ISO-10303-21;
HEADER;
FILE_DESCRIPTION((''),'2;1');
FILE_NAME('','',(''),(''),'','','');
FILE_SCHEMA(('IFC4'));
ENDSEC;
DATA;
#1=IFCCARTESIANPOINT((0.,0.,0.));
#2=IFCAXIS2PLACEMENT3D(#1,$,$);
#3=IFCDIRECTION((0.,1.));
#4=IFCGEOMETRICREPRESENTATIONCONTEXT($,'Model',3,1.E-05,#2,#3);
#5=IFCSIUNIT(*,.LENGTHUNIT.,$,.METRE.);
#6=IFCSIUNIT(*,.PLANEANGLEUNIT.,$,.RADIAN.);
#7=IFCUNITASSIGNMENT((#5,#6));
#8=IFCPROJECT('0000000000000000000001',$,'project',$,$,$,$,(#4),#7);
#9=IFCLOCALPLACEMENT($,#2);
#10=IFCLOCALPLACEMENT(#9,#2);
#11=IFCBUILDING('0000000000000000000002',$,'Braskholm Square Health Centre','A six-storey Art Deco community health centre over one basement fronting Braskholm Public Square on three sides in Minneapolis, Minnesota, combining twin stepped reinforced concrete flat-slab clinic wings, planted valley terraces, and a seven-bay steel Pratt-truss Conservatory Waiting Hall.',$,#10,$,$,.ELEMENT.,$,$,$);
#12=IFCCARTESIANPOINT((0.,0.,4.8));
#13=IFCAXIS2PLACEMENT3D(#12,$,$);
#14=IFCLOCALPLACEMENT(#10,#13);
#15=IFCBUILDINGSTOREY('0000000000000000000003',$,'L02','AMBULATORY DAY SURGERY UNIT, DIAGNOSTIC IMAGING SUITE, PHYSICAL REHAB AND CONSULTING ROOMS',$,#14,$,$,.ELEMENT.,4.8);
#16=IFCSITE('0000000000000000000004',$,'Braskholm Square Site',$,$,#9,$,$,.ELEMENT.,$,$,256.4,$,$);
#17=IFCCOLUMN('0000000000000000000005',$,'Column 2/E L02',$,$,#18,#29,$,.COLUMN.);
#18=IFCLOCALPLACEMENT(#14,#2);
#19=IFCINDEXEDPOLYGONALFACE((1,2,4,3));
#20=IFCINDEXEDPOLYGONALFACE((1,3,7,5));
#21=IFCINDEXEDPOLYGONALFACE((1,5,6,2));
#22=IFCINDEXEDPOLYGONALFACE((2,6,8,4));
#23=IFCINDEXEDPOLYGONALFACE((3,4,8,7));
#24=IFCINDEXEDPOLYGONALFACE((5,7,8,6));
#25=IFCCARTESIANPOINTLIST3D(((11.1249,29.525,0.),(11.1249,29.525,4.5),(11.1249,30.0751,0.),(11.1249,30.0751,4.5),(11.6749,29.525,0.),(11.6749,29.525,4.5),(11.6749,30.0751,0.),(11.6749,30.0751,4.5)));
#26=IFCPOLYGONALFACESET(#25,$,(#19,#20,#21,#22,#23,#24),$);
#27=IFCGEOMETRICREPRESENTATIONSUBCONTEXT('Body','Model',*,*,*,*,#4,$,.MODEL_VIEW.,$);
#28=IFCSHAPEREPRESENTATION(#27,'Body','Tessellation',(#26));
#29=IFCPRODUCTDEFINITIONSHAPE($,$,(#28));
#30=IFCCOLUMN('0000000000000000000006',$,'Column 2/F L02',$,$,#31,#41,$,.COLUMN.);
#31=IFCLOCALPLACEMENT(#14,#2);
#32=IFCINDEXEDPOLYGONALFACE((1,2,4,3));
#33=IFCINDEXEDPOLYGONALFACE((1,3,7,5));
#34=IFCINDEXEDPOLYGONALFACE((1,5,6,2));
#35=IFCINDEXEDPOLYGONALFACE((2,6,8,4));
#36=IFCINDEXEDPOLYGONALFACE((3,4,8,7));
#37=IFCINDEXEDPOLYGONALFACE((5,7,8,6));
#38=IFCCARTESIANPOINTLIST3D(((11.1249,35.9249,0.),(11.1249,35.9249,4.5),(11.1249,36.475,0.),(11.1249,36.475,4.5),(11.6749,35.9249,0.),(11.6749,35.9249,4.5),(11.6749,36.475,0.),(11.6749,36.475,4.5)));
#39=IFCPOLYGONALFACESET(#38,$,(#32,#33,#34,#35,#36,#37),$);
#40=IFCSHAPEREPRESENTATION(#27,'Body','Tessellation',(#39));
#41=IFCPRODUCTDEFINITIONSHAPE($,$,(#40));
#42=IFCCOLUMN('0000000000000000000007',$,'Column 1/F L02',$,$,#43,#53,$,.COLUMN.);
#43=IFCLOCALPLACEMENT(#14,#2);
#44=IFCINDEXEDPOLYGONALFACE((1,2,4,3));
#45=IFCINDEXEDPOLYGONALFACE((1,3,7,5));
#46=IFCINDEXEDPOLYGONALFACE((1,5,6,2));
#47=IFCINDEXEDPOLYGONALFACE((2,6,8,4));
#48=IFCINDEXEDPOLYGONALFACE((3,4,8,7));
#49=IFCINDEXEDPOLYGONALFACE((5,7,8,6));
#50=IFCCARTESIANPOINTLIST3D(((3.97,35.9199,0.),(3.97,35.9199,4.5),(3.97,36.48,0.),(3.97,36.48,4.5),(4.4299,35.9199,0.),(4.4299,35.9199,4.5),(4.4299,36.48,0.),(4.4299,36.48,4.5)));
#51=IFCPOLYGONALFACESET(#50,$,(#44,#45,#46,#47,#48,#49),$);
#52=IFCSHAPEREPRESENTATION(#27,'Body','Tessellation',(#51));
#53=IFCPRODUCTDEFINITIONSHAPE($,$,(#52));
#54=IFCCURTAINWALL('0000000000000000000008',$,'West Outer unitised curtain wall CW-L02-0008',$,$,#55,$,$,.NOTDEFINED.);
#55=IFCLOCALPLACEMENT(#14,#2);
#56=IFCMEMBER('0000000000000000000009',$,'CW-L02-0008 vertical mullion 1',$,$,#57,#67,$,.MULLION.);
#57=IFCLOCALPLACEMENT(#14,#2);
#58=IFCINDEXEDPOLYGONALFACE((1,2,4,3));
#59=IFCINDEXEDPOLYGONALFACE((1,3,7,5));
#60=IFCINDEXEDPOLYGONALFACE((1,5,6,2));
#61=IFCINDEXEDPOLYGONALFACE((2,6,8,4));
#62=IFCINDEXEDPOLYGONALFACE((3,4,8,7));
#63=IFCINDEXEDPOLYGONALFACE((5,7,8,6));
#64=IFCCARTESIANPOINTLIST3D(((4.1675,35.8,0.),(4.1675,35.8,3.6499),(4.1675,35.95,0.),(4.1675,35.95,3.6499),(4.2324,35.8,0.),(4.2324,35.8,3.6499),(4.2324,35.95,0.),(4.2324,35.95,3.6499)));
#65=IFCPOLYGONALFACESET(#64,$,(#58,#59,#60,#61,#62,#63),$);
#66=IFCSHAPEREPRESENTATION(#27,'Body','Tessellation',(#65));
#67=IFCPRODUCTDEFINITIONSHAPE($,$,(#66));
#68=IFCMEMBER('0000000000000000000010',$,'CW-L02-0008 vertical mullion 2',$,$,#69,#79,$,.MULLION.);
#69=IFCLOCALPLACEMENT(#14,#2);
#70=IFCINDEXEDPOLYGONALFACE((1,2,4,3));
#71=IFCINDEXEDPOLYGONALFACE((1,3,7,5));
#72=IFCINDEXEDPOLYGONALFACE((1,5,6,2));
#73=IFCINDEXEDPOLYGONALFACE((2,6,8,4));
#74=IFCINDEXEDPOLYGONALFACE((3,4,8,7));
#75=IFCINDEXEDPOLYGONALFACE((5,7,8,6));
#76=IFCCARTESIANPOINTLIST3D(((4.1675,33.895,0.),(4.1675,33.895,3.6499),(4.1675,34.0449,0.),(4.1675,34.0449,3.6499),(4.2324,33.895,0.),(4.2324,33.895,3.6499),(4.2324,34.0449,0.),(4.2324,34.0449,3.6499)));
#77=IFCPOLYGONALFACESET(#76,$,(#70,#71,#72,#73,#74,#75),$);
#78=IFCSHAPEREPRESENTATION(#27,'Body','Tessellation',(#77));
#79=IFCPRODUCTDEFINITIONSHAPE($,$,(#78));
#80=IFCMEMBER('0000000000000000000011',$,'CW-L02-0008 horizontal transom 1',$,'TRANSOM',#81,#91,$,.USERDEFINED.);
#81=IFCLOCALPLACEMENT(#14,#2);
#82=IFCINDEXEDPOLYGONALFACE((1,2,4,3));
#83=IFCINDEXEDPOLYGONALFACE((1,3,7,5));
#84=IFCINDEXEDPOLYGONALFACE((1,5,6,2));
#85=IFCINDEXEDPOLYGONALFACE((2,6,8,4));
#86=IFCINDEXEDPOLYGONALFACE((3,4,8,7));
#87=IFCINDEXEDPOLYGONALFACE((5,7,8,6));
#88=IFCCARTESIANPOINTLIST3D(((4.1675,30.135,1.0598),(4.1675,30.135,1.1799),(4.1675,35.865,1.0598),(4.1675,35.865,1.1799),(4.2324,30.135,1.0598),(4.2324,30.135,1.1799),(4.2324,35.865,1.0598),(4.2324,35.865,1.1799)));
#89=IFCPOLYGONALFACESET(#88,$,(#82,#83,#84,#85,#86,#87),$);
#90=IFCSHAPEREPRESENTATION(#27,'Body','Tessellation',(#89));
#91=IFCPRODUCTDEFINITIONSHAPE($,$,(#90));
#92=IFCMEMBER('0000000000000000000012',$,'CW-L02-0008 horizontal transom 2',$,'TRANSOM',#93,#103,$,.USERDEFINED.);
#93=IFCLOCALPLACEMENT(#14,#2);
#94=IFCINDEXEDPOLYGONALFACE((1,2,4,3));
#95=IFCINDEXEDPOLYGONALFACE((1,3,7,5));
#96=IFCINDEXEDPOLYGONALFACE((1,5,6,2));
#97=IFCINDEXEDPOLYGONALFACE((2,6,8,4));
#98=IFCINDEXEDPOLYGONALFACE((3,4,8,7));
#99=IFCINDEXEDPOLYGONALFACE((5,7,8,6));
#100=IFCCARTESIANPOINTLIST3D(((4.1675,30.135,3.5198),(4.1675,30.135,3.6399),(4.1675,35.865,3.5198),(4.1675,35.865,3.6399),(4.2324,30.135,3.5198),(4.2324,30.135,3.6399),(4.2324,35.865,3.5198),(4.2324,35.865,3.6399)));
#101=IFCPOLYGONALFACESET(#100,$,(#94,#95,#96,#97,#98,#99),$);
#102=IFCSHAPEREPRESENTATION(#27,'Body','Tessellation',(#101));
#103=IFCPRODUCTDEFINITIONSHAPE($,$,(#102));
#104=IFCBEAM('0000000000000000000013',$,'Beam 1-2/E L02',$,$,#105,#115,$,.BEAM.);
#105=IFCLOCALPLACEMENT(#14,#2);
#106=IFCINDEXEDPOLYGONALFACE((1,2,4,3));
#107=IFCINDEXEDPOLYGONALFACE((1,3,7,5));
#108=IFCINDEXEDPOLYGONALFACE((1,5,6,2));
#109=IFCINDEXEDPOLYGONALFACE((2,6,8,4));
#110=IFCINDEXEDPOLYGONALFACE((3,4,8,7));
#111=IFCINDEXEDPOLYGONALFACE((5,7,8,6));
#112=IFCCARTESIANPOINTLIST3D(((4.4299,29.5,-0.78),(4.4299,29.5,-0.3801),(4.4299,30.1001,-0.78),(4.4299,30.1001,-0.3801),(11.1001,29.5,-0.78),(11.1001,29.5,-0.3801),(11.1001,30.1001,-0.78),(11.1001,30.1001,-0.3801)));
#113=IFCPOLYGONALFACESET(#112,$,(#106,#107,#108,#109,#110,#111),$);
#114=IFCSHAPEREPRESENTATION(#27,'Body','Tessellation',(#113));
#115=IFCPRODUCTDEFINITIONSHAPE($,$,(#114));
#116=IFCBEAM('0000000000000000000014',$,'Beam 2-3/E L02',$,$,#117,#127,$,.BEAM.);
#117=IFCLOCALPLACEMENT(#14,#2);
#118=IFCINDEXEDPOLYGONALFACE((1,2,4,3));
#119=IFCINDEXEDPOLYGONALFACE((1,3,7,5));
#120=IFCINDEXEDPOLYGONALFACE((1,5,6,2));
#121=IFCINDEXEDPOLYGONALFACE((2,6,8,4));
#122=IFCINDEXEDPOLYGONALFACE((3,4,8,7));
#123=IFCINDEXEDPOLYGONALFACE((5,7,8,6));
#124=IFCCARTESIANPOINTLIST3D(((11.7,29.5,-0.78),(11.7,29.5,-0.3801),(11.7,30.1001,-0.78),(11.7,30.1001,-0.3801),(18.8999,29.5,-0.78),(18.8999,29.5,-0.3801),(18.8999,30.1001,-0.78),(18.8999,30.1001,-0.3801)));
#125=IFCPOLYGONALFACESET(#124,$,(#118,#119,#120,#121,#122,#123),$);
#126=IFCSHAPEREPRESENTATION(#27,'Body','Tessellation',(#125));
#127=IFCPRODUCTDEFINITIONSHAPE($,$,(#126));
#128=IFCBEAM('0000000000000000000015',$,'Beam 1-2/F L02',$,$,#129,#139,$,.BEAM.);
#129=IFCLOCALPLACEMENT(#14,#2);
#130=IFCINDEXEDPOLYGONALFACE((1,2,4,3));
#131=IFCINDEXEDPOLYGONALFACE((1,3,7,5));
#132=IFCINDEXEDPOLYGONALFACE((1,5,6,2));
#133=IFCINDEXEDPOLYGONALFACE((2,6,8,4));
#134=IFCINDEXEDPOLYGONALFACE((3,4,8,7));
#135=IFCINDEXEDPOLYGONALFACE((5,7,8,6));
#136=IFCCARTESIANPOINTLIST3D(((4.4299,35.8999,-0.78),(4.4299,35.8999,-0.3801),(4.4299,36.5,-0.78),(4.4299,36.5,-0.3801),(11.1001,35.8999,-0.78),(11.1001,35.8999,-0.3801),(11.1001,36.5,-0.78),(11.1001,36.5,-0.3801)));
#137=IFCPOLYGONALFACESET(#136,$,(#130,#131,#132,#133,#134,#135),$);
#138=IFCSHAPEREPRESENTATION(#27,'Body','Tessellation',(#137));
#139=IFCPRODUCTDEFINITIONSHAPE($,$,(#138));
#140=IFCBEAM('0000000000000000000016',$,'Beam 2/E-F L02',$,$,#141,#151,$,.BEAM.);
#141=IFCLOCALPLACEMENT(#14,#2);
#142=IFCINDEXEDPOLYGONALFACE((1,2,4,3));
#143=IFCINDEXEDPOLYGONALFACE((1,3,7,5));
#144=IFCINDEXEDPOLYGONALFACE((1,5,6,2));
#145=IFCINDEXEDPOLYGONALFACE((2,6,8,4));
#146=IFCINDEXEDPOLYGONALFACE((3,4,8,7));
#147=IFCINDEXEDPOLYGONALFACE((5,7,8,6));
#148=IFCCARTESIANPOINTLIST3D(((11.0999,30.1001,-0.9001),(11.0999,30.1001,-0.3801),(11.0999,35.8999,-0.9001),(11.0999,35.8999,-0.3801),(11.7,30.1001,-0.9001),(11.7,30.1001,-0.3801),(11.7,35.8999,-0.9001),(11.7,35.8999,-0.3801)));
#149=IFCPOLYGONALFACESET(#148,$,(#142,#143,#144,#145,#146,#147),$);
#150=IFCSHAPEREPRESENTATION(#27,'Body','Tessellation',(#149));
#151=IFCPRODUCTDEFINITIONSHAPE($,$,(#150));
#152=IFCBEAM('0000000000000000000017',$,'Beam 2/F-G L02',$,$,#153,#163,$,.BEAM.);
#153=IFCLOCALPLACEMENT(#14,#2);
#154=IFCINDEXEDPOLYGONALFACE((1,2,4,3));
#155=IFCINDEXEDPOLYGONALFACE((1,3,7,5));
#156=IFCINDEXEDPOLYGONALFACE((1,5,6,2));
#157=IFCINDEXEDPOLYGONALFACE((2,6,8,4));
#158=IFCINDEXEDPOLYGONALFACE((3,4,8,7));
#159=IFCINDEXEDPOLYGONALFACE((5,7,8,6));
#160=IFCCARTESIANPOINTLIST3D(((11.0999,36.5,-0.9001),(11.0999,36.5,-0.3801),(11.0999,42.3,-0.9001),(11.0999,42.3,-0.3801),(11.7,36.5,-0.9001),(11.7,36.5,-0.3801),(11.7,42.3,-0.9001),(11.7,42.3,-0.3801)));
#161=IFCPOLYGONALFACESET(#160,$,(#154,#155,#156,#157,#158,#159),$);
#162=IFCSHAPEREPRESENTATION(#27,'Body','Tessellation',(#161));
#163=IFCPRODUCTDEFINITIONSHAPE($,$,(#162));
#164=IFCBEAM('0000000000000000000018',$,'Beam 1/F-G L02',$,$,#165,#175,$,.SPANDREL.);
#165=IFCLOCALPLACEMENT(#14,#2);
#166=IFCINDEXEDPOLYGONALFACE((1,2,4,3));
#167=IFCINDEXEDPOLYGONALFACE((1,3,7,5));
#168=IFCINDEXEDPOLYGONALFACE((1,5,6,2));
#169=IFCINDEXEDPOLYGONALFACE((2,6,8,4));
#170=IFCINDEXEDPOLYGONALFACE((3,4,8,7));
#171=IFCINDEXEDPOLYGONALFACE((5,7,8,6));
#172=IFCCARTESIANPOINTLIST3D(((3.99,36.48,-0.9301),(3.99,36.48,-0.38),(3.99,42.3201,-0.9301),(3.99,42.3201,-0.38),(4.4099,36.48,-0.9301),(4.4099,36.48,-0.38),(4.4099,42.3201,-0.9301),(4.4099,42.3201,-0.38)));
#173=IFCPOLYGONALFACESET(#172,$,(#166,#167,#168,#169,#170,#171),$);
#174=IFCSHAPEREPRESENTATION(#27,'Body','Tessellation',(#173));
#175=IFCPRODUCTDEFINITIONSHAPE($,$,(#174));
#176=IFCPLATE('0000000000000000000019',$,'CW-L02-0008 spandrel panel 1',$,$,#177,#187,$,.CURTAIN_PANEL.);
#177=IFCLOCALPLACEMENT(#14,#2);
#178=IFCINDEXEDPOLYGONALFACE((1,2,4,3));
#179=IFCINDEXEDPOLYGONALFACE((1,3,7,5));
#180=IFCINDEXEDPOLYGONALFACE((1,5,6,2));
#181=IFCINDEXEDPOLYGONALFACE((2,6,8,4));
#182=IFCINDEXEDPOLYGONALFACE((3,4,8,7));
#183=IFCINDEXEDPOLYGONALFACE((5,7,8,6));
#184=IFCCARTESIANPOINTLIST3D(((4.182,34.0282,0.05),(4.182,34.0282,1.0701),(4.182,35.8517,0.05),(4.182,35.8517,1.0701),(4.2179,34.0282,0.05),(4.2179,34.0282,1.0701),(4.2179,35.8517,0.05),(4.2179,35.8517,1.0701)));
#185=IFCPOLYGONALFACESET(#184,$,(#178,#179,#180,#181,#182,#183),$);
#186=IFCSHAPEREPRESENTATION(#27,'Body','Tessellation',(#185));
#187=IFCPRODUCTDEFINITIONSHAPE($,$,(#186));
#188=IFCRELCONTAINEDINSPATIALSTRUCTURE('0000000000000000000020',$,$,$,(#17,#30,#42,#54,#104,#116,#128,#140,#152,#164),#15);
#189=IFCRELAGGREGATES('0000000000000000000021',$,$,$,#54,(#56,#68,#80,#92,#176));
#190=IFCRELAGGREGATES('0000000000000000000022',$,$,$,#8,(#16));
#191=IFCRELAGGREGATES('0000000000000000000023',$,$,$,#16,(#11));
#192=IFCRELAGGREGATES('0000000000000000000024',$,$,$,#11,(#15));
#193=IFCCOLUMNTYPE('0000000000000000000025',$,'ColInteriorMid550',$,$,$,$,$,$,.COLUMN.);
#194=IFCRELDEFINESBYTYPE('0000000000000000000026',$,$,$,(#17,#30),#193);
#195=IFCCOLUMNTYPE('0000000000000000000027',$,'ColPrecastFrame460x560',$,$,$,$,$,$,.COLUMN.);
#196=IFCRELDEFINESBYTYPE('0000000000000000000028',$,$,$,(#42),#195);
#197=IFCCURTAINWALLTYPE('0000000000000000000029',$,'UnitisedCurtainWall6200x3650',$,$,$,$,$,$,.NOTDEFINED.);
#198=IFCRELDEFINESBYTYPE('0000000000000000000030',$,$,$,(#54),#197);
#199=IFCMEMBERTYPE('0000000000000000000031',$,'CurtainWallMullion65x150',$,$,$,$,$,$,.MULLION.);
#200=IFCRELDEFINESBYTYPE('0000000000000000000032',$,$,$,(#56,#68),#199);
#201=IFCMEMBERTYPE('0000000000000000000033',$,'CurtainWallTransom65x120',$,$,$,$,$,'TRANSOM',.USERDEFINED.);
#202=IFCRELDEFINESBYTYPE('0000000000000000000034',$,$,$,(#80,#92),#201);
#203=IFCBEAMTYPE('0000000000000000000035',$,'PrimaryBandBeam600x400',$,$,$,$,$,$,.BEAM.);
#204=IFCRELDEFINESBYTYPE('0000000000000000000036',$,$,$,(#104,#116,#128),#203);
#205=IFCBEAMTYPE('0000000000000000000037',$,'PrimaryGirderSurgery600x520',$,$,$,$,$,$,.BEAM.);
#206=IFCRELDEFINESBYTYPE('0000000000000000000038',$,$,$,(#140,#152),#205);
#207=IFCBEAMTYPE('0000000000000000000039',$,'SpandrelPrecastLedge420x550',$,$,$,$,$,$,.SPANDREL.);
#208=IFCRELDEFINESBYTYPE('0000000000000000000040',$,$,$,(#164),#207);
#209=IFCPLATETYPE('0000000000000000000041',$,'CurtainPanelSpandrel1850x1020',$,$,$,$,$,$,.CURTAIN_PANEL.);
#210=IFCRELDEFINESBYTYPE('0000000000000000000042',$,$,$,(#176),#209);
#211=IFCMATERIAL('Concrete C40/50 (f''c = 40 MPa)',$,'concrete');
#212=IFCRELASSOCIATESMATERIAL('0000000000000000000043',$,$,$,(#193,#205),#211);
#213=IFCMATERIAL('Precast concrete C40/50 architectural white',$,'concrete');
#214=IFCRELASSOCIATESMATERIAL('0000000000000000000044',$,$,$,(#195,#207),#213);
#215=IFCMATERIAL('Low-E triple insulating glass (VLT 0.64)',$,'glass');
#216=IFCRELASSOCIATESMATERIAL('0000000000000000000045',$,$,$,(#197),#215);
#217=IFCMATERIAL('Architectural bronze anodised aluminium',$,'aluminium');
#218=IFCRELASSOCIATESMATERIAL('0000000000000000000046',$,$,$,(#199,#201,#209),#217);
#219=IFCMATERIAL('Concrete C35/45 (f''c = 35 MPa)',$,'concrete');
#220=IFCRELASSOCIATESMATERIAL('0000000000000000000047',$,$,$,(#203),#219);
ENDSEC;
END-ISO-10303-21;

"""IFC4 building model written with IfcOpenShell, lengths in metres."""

from ifc_helpers import new_model, si_unit, direction, frame, origin, origin_2d, place, context, subcontext, project, spatial, rectangle, extrude, material, material_profile, profile_set, type_object, element, aggregate, save


model = new_model("IFC4")

# Units and contexts
model_context = context("Model", 3, precision=1e-05, world=origin(), true_north=direction((0.0, 1.0)))
body_context = subcontext(model_context, "Body", "Model", "MODEL_VIEW")
ifc_project = project(units=[si_unit("LENGTHUNIT", "METRE"), si_unit("PLANEANGLEUNIT", "RADIAN")], contexts=[model_context])

# Site, building, storey
site_placement = place(None, origin())
site = spatial("IfcSite", under=ifc_project, at=site_placement, Name="Braskholm Square Site", CompositionType="ELEMENT", RefElevation=256.4)
building_placement = place(site_placement, origin())
building = spatial("IfcBuilding", under=site, at=building_placement, Name="Braskholm Square Health Centre", Description="A six-storey Art Deco community health centre over one basement fronting Braskholm Public Square on three sides in Minneapolis, Minnesota, combining twin stepped reinforced concrete flat-slab clinic wings, planted valley terraces, and a seven-bay steel Pratt-truss Conservatory Waiting Hall.", CompositionType="ELEMENT")
storey_placement = place(building_placement, frame((0.0, 0.0, 4.8)))
storey = spatial("IfcBuildingStorey", under=building, at=storey_placement, Name="L02", Description="AMBULATORY DAY SURGERY UNIT, DIAGNOSTIC IMAGING SUITE, PHYSICAL REHAB AND CONSULTING ROOMS", CompositionType="ELEMENT", Elevation=4.8)

# Columns
ifc_material_1 = material(Name="Concrete C40/50 (f'c = 40 MPa)", Category="concrete")
ifc_material_profile_1 = material_profile(ifc_material_1, rectangle(XDim=0.55, YDim=0.55, at=origin_2d()), Name="RC-550X550")
ifc_profile_set_1 = profile_set([ifc_material_profile_1], Name="Concrete C40/50 (f'c = 40 MPa)")
column_type_1 = type_object("IfcColumnType", Name="ColInteriorMid550", PredefinedType="COLUMN", material=ifc_profile_set_1)
for number, where, z_axis, x_axis, name in (
    (1, (11.3999, 29.8, 0.0), (0.0, 0.0, 1.0), (1.0, 0.0, 0.0), "Column 2/E L02"),
    (2, (11.3999, 36.2, 0.0), (0.0, 0.0, 1.0), (1.0, 0.0, 0.0), "Column 2/F L02"),
):
    element("IfcColumn", number, at=place(storey_placement, frame(where, z_axis=z_axis, x_axis=x_axis)), inside=storey, type_object=column_type_1, Name=name, PredefinedType="COLUMN", context=body_context, shape_type="SweptSolid", body=[
        extrude(rectangle(XDim=0.55, YDim=0.55, at=origin_2d()), origin(), (0.0, 0.0, 1.0), 4.5),
    ])
ifc_material_2 = material(Name="Precast concrete C40/50 architectural white", Category="concrete")
ifc_material_profile_2 = material_profile(ifc_material_2, rectangle(XDim=0.46, YDim=0.5601, at=origin_2d()), Name="RC-460X560")
ifc_profile_set_2 = profile_set([ifc_material_profile_2], Name="Precast concrete C40/50 architectural white")
column_type_2 = type_object("IfcColumnType", Name="ColPrecastFrame460x560", PredefinedType="COLUMN", material=ifc_profile_set_2)
column_placement = place(storey_placement, frame((4.2, 36.2, 0.0), z_axis=(0.0, 0.0, 1.0), x_axis=(1.0, 0.0, 0.0)))
element("IfcColumn", 3, at=column_placement, inside=storey, type_object=column_type_2, Name="Column 1/F L02", PredefinedType="COLUMN", context=body_context, shape_type="SweptSolid", body=[
    extrude(rectangle(XDim=0.46, YDim=0.5601, at=origin_2d()), origin(), (0.0, 0.0, 1.0), 4.5),
])

# Curtain wall, members
ifc_material_3 = material(Name="Low-E triple insulating glass (VLT 0.64)", Category="glass")
curtain_wall_type = type_object("IfcCurtainWallType", Name="UnitisedCurtainWall6200x3650", PredefinedType="NOTDEFINED", material=ifc_material_3)
curtain_wall_placement = place(storey_placement, origin())
curtain_wall = element("IfcCurtainWall", 4, at=curtain_wall_placement, inside=storey, type_object=curtain_wall_type, Name="West Outer unitised curtain wall CW-L02-0008", PredefinedType="NOTDEFINED")
ifc_material_4 = material(Name="Architectural bronze anodised aluminium", Category="aluminium")
ifc_material_profile_3 = material_profile(ifc_material_4, rectangle(XDim=0.0649, YDim=0.1499, at=origin_2d()), Name="ALU-65X150")
ifc_profile_set_3 = profile_set([ifc_material_profile_3], Name="Architectural bronze anodised aluminium")
member_type_1 = type_object("IfcMemberType", Name="CurtainWallMullion65x150", PredefinedType="MULLION", material=ifc_profile_set_3)
member_1_placement = place(storey_placement, frame((4.2, 35.875, 0.0), z_axis=(0.0, 0.0, 1.0), x_axis=(1.0, 0.0, 0.0)))
member_1 = element("IfcMember", 5, at=member_1_placement, type_object=member_type_1, Name="CW-L02-0008 vertical mullion 1", PredefinedType="MULLION", context=body_context, shape_type="SweptSolid", body=[
    extrude(rectangle(XDim=0.0649, YDim=0.1499, at=origin_2d()), origin(), (0.0, 0.0, 1.0), 3.6499),
])
member_2_placement = place(storey_placement, frame((4.2, 33.97, 0.0), z_axis=(0.0, 0.0, 1.0), x_axis=(1.0, 0.0, 0.0)))
member_2 = element("IfcMember", 6, at=member_2_placement, type_object=member_type_1, Name="CW-L02-0008 vertical mullion 2", PredefinedType="MULLION", context=body_context, shape_type="SweptSolid", body=[
    extrude(rectangle(XDim=0.0649, YDim=0.1499, at=origin_2d()), origin(), (0.0, 0.0, 1.0), 3.6499),
])
ifc_material_profile_4 = material_profile(ifc_material_4, rectangle(XDim=0.0649, YDim=0.1201, at=origin_2d()), Name="ALU-65X120")
ifc_profile_set_4 = profile_set([ifc_material_profile_4], Name="Architectural bronze anodised aluminium")
member_type_2 = type_object("IfcMemberType", Name="CurtainWallTransom65x120", ElementType="TRANSOM", PredefinedType="USERDEFINED", material=ifc_profile_set_4)
member_3_placement = place(storey_placement, frame((4.2, 35.865, 1.1199), z_axis=(0.0, -1.0, 0.0), x_axis=(1.0, 0.0, 0.0)))
member_3 = element("IfcMember", 7, at=member_3_placement, type_object=member_type_2, Name="CW-L02-0008 horizontal transom 1", ObjectType="TRANSOM", PredefinedType="USERDEFINED", context=body_context, shape_type="SweptSolid", body=[
    extrude(rectangle(XDim=0.0649, YDim=0.1201, at=origin_2d()), origin(), (0.0, 0.0, 1.0), 5.73),
])
member_4_placement = place(storey_placement, frame((4.2, 35.865, 3.5798), z_axis=(0.0, -1.0, 0.0), x_axis=(1.0, 0.0, 0.0)))
member_4 = element("IfcMember", 8, at=member_4_placement, type_object=member_type_2, Name="CW-L02-0008 horizontal transom 2", ObjectType="TRANSOM", PredefinedType="USERDEFINED", context=body_context, shape_type="SweptSolid", body=[
    extrude(rectangle(XDim=0.0649, YDim=0.1201, at=origin_2d()), origin(), (0.0, 0.0, 1.0), 5.73),
])

# Beams
ifc_material_5 = material(Name="Concrete C35/45 (f'c = 35 MPa)", Category="concrete")
ifc_material_profile_5 = material_profile(ifc_material_5, rectangle(XDim=0.6001, YDim=0.3999, at=origin_2d()), Name="RCB-600X400")
ifc_profile_set_5 = profile_set([ifc_material_profile_5], Name="Concrete C35/45 (f'c = 35 MPa)")
beam_type_1 = type_object("IfcBeamType", Name="PrimaryBandBeam600x400", PredefinedType="BEAM", material=ifc_profile_set_5)
beam_1_placement = place(storey_placement, frame((4.4299, 29.8, -0.5801), z_axis=(1.0, 0.0, 0.0), x_axis=(0.0, 1.0, 0.0)))
element("IfcBeam", 9, at=beam_1_placement, inside=storey, type_object=beam_type_1, Name="Beam 1-2/E L02", PredefinedType="BEAM", context=body_context, shape_type="SweptSolid", body=[
    extrude(rectangle(XDim=0.6001, YDim=0.3999, at=origin_2d()), origin(), (0.0, 0.0, 1.0), 6.6702),
])
beam_2_placement = place(storey_placement, frame((11.7, 29.8, -0.5801), z_axis=(1.0, 0.0, 0.0), x_axis=(0.0, 1.0, 0.0)))
element("IfcBeam", 10, at=beam_2_placement, inside=storey, type_object=beam_type_1, Name="Beam 2-3/E L02", PredefinedType="BEAM", context=body_context, shape_type="SweptSolid", body=[
    extrude(rectangle(XDim=0.6001, YDim=0.3999, at=origin_2d()), origin(), (0.0, 0.0, 1.0), 7.2),
])
beam_3_placement = place(storey_placement, frame((4.4299, 36.2, -0.5801), z_axis=(1.0, 0.0, 0.0), x_axis=(0.0, 1.0, 0.0)))
element("IfcBeam", 11, at=beam_3_placement, inside=storey, type_object=beam_type_1, Name="Beam 1-2/F L02", PredefinedType="BEAM", context=body_context, shape_type="SweptSolid", body=[
    extrude(rectangle(XDim=0.6001, YDim=0.3999, at=origin_2d()), origin(), (0.0, 0.0, 1.0), 6.6702),
])
ifc_material_profile_6 = material_profile(ifc_material_1, rectangle(XDim=0.6001, YDim=0.52, at=origin_2d()), Name="RCB-600X520")
ifc_profile_set_6 = profile_set([ifc_material_profile_6], Name="Concrete C40/50 (f'c = 40 MPa)")
beam_type_2 = type_object("IfcBeamType", Name="PrimaryGirderSurgery600x520", PredefinedType="BEAM", material=ifc_profile_set_6)
beam_4_placement = place(storey_placement, frame((11.3999, 30.1001, -0.6401), z_axis=(0.0, 1.0, 0.0), x_axis=(-1.0, 0.0, 0.0)))
element("IfcBeam", 12, at=beam_4_placement, inside=storey, type_object=beam_type_2, Name="Beam 2/E-F L02", PredefinedType="BEAM", context=body_context, shape_type="SweptSolid", body=[
    extrude(rectangle(XDim=0.6001, YDim=0.52, at=origin_2d()), origin(), (0.0, 0.0, 1.0), 5.7998),
])
beam_5_placement = place(storey_placement, frame((11.3999, 36.5, -0.6401), z_axis=(0.0, 1.0, 0.0), x_axis=(-1.0, 0.0, 0.0)))
element("IfcBeam", 13, at=beam_5_placement, inside=storey, type_object=beam_type_2, Name="Beam 2/F-G L02", PredefinedType="BEAM", context=body_context, shape_type="SweptSolid", body=[
    extrude(rectangle(XDim=0.6001, YDim=0.52, at=origin_2d()), origin(), (0.0, 0.0, 1.0), 5.8),
])
ifc_material_profile_7 = material_profile(ifc_material_2, rectangle(XDim=0.4199, YDim=0.55, at=origin_2d()), Name="RCB-420X550")
ifc_profile_set_7 = profile_set([ifc_material_profile_7], Name="Precast concrete C40/50 architectural white")
beam_type_3 = type_object("IfcBeamType", Name="SpandrelPrecastLedge420x550", PredefinedType="SPANDREL", material=ifc_profile_set_7)
beam_6_placement = place(storey_placement, frame((4.2, 36.48, -0.655), z_axis=(0.0, 1.0, 0.0), x_axis=(-1.0, 0.0, 0.0)))
element("IfcBeam", 14, at=beam_6_placement, inside=storey, type_object=beam_type_3, Name="Beam 1/F-G L02", PredefinedType="SPANDREL", context=body_context, shape_type="SweptSolid", body=[
    extrude(rectangle(XDim=0.4199, YDim=0.55, at=origin_2d()), origin(), (0.0, 0.0, 1.0), 5.8401),
])

# Plate
plate_type_1 = type_object("IfcPlateType", Name="CurtainPanelSpandrel1850x1020", PredefinedType="CURTAIN_PANEL", material=ifc_material_4)
plate_1_placement = place(storey_placement, frame((4.2, 34.9399, 0.05), z_axis=(0.0, 0.0, 1.0), x_axis=(0.0, -1.0, 0.0)))
plate_1 = element("IfcPlate", 15, at=plate_1_placement, type_object=plate_type_1, Name="CW-L02-0008 spandrel panel 1", PredefinedType="CURTAIN_PANEL", context=body_context, shape_type="SweptSolid", body=[
    extrude(rectangle(XDim=1.8235, YDim=0.0359, at=origin_2d()), origin(), (0.0, 0.0, 1.0), 1.02),
])
aggregate(curtain_wall, [member_1, member_2, member_3, member_4, plate_1])

save(model, "model.ifc")
